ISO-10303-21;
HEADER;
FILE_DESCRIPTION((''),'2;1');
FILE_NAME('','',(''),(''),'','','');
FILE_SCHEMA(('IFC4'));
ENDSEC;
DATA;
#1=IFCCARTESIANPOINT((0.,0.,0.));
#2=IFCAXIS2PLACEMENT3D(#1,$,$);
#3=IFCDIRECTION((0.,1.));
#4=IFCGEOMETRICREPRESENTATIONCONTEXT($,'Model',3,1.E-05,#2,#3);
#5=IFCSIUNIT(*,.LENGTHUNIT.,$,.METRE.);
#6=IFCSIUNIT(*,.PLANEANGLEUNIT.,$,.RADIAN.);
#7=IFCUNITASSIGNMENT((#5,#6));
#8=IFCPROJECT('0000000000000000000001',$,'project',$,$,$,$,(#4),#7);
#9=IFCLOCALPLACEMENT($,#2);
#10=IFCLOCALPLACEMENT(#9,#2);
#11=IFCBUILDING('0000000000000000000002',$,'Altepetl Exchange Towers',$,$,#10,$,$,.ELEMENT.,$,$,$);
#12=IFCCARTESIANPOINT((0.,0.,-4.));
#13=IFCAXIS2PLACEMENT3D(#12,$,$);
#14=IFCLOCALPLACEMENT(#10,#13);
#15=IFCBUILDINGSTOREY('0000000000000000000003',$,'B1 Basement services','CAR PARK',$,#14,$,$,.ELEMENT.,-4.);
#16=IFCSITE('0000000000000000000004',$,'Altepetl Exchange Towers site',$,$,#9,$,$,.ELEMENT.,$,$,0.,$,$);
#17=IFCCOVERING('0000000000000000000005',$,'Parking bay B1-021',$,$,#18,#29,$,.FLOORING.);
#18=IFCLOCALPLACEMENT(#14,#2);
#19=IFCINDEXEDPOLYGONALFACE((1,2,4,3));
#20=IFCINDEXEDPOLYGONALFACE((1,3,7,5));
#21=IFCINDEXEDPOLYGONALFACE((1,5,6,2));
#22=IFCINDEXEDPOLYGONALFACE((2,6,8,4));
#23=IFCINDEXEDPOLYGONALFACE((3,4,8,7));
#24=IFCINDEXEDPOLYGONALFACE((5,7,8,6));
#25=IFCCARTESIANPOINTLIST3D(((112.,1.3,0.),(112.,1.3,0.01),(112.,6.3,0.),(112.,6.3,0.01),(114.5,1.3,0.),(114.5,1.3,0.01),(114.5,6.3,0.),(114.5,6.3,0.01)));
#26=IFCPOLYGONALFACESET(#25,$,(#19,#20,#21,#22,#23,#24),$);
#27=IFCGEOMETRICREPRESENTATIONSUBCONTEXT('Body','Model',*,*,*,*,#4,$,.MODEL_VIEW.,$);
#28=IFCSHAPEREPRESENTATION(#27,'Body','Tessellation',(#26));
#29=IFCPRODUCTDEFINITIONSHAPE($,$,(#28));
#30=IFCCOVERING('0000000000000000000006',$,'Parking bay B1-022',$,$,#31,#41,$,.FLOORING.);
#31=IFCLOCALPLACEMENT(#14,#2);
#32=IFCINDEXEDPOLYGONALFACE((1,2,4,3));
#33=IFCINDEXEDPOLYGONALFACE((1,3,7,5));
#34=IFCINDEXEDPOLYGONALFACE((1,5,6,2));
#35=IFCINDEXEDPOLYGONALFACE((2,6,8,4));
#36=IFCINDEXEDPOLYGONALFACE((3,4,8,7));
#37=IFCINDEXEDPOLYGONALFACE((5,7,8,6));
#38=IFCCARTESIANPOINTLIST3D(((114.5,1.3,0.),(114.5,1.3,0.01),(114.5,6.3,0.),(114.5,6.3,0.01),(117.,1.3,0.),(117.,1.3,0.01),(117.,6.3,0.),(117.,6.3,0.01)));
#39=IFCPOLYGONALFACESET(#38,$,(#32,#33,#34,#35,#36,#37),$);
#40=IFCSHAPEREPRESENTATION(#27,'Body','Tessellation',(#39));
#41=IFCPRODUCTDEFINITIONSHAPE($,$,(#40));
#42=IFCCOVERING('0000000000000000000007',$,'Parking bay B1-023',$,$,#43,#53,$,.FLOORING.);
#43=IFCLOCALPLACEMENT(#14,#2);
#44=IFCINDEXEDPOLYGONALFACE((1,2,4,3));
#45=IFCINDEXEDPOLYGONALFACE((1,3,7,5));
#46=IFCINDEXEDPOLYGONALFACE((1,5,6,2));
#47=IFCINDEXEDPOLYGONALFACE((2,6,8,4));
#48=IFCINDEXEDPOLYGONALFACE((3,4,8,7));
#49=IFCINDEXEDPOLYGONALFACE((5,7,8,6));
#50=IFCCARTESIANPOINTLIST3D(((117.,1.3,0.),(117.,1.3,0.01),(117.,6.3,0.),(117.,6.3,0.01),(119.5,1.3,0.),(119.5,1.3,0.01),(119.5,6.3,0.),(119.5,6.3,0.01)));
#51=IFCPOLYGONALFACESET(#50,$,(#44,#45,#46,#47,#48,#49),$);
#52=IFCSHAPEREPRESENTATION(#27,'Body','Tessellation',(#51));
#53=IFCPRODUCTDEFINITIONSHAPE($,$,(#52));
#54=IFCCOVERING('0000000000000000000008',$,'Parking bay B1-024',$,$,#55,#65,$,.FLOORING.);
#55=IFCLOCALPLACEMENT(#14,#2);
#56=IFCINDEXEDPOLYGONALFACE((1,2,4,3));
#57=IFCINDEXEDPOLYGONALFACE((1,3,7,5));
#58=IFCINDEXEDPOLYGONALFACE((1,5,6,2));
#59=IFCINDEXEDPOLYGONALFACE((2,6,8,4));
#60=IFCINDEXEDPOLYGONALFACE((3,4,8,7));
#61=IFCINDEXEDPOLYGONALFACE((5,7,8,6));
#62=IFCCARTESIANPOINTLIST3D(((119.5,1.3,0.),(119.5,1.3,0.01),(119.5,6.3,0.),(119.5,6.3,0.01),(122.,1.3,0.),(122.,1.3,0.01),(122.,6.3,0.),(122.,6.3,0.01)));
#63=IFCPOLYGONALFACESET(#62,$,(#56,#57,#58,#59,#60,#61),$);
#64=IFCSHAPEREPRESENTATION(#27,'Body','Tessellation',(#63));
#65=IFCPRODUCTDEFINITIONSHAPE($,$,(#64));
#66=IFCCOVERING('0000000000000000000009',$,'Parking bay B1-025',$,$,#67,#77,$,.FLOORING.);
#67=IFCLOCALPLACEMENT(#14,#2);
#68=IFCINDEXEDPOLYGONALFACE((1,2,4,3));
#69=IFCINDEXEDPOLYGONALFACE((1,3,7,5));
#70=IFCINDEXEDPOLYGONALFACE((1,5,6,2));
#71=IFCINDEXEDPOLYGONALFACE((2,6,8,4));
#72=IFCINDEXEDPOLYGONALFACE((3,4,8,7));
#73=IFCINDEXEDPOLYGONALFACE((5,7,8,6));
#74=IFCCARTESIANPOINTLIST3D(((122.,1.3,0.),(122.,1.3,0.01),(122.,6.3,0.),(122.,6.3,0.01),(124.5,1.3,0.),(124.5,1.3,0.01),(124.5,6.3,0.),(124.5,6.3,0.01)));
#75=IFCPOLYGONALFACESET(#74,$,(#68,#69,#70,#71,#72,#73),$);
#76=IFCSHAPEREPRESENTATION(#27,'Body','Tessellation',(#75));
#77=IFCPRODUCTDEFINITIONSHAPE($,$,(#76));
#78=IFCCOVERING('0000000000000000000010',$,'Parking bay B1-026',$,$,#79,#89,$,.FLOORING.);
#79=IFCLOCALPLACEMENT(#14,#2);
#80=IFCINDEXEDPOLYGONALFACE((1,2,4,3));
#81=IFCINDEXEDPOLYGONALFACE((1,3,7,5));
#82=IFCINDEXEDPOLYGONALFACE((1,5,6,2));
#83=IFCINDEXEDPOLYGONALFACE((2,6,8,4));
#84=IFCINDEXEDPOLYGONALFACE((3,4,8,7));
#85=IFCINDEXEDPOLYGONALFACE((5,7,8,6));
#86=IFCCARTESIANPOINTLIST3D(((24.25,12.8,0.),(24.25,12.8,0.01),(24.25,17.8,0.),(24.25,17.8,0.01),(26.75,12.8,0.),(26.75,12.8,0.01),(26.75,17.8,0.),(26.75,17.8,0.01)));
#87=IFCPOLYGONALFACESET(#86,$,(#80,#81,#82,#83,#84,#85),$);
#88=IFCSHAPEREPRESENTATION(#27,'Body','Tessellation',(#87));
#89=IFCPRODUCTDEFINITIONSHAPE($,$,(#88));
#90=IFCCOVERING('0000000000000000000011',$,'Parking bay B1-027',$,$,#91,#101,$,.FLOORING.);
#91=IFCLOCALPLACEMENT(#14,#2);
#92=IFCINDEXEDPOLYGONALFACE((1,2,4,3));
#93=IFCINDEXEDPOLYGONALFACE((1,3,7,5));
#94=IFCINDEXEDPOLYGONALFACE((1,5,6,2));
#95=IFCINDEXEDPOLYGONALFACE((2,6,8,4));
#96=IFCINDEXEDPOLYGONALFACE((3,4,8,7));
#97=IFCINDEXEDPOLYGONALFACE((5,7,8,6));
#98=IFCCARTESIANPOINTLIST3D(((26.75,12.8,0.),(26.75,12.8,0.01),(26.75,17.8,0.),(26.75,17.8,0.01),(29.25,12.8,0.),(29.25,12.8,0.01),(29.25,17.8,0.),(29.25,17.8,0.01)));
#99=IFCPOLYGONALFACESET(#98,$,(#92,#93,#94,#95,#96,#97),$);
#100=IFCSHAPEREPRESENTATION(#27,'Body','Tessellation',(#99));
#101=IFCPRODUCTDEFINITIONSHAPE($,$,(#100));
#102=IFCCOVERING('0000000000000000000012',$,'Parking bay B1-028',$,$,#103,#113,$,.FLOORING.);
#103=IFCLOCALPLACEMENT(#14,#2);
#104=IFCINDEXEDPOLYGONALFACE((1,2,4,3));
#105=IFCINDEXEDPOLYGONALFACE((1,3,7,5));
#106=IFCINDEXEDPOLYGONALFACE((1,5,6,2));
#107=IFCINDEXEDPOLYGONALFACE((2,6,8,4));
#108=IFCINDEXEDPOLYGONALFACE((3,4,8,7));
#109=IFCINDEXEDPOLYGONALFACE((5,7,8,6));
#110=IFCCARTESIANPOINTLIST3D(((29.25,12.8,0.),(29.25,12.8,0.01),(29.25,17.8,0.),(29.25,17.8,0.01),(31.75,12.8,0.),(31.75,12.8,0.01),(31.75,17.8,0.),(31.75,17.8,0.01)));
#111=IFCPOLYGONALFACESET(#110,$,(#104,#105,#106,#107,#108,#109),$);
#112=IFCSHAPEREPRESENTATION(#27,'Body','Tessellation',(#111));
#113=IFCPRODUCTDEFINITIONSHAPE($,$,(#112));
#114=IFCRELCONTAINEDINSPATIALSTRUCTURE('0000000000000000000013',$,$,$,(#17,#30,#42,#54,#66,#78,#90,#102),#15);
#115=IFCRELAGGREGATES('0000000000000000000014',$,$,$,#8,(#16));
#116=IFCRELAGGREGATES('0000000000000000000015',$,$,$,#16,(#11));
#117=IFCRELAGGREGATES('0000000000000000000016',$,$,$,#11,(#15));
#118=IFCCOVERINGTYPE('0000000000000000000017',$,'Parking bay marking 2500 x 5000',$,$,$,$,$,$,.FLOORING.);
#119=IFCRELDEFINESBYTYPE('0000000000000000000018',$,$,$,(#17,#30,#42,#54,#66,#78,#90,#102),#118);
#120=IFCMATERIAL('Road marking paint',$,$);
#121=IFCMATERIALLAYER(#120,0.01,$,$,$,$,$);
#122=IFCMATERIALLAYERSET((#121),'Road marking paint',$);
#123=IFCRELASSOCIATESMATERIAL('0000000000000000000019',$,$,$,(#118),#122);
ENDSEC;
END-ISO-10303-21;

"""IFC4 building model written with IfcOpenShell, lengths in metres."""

from ifc_helpers import new_model, si_unit, direction, frame, origin, place, context, subcontext, project, spatial, polyline, outline, extrude, material, layer, layer_set, type_object, element, save


model = new_model("IFC4")

# Units and contexts
model_context = context("Model", 3, precision=1e-05, world=origin(), true_north=direction((0.0, 1.0)))
body_context = subcontext(model_context, "Body", "Model", "MODEL_VIEW")
ifc_project = project(units=[si_unit("LENGTHUNIT", "METRE"), si_unit("PLANEANGLEUNIT", "RADIAN")], contexts=[model_context])

# Site, building, storey
site_placement = place(None, origin())
site = spatial("IfcSite", under=ifc_project, at=site_placement, Name="Altepetl Exchange Towers site", CompositionType="ELEMENT", RefElevation=0.0)
building_placement = place(site_placement, origin())
building = spatial("IfcBuilding", under=site, at=building_placement, Name="Altepetl Exchange Towers", CompositionType="ELEMENT")
storey_placement = place(building_placement, frame((0.0, 0.0, -4.0)))
storey = spatial("IfcBuildingStorey", under=building, at=storey_placement, Name="B1 Basement services", Description="CAR PARK", CompositionType="ELEMENT", Elevation=-4.0)

# Coverings
ifc_material_1 = material(Name="Road marking paint")
ifc_layer_1 = layer(ifc_material_1, 0.01)
ifc_layer_set_1 = layer_set([ifc_layer_1], Name="Road marking paint")
covering_type = type_object("IfcCoveringType", Name="Parking bay marking 2500 x 5000", PredefinedType="FLOORING", material=ifc_layer_set_1)
covering_1_placement = place(storey_placement, origin())
element("IfcCovering", 1, at=covering_1_placement, inside=storey, type_object=covering_type, Name="Parking bay B1-021", PredefinedType="FLOORING", context=body_context, shape_type="SweptSolid", body=[
    extrude(outline(polyline([(112.0, 1.3), (114.5, 1.3), (114.5, 6.3), (112.0, 6.3), (112.0, 1.3)])), origin(), (0.0, 0.0, 1.0), 0.01),
])
covering_2_placement = place(storey_placement, origin())
element("IfcCovering", 2, at=covering_2_placement, inside=storey, type_object=covering_type, Name="Parking bay B1-022", PredefinedType="FLOORING", context=body_context, shape_type="SweptSolid", body=[
    extrude(outline(polyline([(114.5, 1.3), (117.0, 1.3), (117.0, 6.3), (114.5, 6.3), (114.5, 1.3)])), origin(), (0.0, 0.0, 1.0), 0.01),
])
covering_3_placement = place(storey_placement, origin())
element("IfcCovering", 3, at=covering_3_placement, inside=storey, type_object=covering_type, Name="Parking bay B1-023", PredefinedType="FLOORING", context=body_context, shape_type="SweptSolid", body=[
    extrude(outline(polyline([(117.0, 1.3), (119.5, 1.3), (119.5, 6.3), (117.0, 6.3), (117.0, 1.3)])), origin(), (0.0, 0.0, 1.0), 0.01),
])
covering_4_placement = place(storey_placement, origin())
element("IfcCovering", 4, at=covering_4_placement, inside=storey, type_object=covering_type, Name="Parking bay B1-024", PredefinedType="FLOORING", context=body_context, shape_type="SweptSolid", body=[
    extrude(outline(polyline([(119.5, 1.3), (122.0, 1.3), (122.0, 6.3), (119.5, 6.3), (119.5, 1.3)])), origin(), (0.0, 0.0, 1.0), 0.01),
])
covering_5_placement = place(storey_placement, origin())
element("IfcCovering", 5, at=covering_5_placement, inside=storey, type_object=covering_type, Name="Parking bay B1-025", PredefinedType="FLOORING", context=body_context, shape_type="SweptSolid", body=[
    extrude(outline(polyline([(122.0, 1.3), (124.5, 1.3), (124.5, 6.3), (122.0, 6.3), (122.0, 1.3)])), origin(), (0.0, 0.0, 1.0), 0.01),
])
covering_6_placement = place(storey_placement, origin())
element("IfcCovering", 6, at=covering_6_placement, inside=storey, type_object=covering_type, Name="Parking bay B1-026", PredefinedType="FLOORING", context=body_context, shape_type="SweptSolid", body=[
    extrude(outline(polyline([(24.25, 12.8), (26.75, 12.8), (26.75, 17.8), (24.25, 17.8), (24.25, 12.8)])), origin(), (0.0, 0.0, 1.0), 0.01),
])
covering_7_placement = place(storey_placement, origin())
element("IfcCovering", 7, at=covering_7_placement, inside=storey, type_object=covering_type, Name="Parking bay B1-027", PredefinedType="FLOORING", context=body_context, shape_type="SweptSolid", body=[
    extrude(outline(polyline([(26.75, 12.8), (29.25, 12.8), (29.25, 17.8), (26.75, 17.8), (26.75, 12.8)])), origin(), (0.0, 0.0, 1.0), 0.01),
])
covering_8_placement = place(storey_placement, origin())
element("IfcCovering", 8, at=covering_8_placement, inside=storey, type_object=covering_type, Name="Parking bay B1-028", PredefinedType="FLOORING", context=body_context, shape_type="SweptSolid", body=[
    extrude(outline(polyline([(29.25, 12.8), (31.75, 12.8), (31.75, 17.8), (29.25, 17.8), (29.25, 12.8)])), origin(), (0.0, 0.0, 1.0), 0.01),
])

save(model, "model.ifc")
